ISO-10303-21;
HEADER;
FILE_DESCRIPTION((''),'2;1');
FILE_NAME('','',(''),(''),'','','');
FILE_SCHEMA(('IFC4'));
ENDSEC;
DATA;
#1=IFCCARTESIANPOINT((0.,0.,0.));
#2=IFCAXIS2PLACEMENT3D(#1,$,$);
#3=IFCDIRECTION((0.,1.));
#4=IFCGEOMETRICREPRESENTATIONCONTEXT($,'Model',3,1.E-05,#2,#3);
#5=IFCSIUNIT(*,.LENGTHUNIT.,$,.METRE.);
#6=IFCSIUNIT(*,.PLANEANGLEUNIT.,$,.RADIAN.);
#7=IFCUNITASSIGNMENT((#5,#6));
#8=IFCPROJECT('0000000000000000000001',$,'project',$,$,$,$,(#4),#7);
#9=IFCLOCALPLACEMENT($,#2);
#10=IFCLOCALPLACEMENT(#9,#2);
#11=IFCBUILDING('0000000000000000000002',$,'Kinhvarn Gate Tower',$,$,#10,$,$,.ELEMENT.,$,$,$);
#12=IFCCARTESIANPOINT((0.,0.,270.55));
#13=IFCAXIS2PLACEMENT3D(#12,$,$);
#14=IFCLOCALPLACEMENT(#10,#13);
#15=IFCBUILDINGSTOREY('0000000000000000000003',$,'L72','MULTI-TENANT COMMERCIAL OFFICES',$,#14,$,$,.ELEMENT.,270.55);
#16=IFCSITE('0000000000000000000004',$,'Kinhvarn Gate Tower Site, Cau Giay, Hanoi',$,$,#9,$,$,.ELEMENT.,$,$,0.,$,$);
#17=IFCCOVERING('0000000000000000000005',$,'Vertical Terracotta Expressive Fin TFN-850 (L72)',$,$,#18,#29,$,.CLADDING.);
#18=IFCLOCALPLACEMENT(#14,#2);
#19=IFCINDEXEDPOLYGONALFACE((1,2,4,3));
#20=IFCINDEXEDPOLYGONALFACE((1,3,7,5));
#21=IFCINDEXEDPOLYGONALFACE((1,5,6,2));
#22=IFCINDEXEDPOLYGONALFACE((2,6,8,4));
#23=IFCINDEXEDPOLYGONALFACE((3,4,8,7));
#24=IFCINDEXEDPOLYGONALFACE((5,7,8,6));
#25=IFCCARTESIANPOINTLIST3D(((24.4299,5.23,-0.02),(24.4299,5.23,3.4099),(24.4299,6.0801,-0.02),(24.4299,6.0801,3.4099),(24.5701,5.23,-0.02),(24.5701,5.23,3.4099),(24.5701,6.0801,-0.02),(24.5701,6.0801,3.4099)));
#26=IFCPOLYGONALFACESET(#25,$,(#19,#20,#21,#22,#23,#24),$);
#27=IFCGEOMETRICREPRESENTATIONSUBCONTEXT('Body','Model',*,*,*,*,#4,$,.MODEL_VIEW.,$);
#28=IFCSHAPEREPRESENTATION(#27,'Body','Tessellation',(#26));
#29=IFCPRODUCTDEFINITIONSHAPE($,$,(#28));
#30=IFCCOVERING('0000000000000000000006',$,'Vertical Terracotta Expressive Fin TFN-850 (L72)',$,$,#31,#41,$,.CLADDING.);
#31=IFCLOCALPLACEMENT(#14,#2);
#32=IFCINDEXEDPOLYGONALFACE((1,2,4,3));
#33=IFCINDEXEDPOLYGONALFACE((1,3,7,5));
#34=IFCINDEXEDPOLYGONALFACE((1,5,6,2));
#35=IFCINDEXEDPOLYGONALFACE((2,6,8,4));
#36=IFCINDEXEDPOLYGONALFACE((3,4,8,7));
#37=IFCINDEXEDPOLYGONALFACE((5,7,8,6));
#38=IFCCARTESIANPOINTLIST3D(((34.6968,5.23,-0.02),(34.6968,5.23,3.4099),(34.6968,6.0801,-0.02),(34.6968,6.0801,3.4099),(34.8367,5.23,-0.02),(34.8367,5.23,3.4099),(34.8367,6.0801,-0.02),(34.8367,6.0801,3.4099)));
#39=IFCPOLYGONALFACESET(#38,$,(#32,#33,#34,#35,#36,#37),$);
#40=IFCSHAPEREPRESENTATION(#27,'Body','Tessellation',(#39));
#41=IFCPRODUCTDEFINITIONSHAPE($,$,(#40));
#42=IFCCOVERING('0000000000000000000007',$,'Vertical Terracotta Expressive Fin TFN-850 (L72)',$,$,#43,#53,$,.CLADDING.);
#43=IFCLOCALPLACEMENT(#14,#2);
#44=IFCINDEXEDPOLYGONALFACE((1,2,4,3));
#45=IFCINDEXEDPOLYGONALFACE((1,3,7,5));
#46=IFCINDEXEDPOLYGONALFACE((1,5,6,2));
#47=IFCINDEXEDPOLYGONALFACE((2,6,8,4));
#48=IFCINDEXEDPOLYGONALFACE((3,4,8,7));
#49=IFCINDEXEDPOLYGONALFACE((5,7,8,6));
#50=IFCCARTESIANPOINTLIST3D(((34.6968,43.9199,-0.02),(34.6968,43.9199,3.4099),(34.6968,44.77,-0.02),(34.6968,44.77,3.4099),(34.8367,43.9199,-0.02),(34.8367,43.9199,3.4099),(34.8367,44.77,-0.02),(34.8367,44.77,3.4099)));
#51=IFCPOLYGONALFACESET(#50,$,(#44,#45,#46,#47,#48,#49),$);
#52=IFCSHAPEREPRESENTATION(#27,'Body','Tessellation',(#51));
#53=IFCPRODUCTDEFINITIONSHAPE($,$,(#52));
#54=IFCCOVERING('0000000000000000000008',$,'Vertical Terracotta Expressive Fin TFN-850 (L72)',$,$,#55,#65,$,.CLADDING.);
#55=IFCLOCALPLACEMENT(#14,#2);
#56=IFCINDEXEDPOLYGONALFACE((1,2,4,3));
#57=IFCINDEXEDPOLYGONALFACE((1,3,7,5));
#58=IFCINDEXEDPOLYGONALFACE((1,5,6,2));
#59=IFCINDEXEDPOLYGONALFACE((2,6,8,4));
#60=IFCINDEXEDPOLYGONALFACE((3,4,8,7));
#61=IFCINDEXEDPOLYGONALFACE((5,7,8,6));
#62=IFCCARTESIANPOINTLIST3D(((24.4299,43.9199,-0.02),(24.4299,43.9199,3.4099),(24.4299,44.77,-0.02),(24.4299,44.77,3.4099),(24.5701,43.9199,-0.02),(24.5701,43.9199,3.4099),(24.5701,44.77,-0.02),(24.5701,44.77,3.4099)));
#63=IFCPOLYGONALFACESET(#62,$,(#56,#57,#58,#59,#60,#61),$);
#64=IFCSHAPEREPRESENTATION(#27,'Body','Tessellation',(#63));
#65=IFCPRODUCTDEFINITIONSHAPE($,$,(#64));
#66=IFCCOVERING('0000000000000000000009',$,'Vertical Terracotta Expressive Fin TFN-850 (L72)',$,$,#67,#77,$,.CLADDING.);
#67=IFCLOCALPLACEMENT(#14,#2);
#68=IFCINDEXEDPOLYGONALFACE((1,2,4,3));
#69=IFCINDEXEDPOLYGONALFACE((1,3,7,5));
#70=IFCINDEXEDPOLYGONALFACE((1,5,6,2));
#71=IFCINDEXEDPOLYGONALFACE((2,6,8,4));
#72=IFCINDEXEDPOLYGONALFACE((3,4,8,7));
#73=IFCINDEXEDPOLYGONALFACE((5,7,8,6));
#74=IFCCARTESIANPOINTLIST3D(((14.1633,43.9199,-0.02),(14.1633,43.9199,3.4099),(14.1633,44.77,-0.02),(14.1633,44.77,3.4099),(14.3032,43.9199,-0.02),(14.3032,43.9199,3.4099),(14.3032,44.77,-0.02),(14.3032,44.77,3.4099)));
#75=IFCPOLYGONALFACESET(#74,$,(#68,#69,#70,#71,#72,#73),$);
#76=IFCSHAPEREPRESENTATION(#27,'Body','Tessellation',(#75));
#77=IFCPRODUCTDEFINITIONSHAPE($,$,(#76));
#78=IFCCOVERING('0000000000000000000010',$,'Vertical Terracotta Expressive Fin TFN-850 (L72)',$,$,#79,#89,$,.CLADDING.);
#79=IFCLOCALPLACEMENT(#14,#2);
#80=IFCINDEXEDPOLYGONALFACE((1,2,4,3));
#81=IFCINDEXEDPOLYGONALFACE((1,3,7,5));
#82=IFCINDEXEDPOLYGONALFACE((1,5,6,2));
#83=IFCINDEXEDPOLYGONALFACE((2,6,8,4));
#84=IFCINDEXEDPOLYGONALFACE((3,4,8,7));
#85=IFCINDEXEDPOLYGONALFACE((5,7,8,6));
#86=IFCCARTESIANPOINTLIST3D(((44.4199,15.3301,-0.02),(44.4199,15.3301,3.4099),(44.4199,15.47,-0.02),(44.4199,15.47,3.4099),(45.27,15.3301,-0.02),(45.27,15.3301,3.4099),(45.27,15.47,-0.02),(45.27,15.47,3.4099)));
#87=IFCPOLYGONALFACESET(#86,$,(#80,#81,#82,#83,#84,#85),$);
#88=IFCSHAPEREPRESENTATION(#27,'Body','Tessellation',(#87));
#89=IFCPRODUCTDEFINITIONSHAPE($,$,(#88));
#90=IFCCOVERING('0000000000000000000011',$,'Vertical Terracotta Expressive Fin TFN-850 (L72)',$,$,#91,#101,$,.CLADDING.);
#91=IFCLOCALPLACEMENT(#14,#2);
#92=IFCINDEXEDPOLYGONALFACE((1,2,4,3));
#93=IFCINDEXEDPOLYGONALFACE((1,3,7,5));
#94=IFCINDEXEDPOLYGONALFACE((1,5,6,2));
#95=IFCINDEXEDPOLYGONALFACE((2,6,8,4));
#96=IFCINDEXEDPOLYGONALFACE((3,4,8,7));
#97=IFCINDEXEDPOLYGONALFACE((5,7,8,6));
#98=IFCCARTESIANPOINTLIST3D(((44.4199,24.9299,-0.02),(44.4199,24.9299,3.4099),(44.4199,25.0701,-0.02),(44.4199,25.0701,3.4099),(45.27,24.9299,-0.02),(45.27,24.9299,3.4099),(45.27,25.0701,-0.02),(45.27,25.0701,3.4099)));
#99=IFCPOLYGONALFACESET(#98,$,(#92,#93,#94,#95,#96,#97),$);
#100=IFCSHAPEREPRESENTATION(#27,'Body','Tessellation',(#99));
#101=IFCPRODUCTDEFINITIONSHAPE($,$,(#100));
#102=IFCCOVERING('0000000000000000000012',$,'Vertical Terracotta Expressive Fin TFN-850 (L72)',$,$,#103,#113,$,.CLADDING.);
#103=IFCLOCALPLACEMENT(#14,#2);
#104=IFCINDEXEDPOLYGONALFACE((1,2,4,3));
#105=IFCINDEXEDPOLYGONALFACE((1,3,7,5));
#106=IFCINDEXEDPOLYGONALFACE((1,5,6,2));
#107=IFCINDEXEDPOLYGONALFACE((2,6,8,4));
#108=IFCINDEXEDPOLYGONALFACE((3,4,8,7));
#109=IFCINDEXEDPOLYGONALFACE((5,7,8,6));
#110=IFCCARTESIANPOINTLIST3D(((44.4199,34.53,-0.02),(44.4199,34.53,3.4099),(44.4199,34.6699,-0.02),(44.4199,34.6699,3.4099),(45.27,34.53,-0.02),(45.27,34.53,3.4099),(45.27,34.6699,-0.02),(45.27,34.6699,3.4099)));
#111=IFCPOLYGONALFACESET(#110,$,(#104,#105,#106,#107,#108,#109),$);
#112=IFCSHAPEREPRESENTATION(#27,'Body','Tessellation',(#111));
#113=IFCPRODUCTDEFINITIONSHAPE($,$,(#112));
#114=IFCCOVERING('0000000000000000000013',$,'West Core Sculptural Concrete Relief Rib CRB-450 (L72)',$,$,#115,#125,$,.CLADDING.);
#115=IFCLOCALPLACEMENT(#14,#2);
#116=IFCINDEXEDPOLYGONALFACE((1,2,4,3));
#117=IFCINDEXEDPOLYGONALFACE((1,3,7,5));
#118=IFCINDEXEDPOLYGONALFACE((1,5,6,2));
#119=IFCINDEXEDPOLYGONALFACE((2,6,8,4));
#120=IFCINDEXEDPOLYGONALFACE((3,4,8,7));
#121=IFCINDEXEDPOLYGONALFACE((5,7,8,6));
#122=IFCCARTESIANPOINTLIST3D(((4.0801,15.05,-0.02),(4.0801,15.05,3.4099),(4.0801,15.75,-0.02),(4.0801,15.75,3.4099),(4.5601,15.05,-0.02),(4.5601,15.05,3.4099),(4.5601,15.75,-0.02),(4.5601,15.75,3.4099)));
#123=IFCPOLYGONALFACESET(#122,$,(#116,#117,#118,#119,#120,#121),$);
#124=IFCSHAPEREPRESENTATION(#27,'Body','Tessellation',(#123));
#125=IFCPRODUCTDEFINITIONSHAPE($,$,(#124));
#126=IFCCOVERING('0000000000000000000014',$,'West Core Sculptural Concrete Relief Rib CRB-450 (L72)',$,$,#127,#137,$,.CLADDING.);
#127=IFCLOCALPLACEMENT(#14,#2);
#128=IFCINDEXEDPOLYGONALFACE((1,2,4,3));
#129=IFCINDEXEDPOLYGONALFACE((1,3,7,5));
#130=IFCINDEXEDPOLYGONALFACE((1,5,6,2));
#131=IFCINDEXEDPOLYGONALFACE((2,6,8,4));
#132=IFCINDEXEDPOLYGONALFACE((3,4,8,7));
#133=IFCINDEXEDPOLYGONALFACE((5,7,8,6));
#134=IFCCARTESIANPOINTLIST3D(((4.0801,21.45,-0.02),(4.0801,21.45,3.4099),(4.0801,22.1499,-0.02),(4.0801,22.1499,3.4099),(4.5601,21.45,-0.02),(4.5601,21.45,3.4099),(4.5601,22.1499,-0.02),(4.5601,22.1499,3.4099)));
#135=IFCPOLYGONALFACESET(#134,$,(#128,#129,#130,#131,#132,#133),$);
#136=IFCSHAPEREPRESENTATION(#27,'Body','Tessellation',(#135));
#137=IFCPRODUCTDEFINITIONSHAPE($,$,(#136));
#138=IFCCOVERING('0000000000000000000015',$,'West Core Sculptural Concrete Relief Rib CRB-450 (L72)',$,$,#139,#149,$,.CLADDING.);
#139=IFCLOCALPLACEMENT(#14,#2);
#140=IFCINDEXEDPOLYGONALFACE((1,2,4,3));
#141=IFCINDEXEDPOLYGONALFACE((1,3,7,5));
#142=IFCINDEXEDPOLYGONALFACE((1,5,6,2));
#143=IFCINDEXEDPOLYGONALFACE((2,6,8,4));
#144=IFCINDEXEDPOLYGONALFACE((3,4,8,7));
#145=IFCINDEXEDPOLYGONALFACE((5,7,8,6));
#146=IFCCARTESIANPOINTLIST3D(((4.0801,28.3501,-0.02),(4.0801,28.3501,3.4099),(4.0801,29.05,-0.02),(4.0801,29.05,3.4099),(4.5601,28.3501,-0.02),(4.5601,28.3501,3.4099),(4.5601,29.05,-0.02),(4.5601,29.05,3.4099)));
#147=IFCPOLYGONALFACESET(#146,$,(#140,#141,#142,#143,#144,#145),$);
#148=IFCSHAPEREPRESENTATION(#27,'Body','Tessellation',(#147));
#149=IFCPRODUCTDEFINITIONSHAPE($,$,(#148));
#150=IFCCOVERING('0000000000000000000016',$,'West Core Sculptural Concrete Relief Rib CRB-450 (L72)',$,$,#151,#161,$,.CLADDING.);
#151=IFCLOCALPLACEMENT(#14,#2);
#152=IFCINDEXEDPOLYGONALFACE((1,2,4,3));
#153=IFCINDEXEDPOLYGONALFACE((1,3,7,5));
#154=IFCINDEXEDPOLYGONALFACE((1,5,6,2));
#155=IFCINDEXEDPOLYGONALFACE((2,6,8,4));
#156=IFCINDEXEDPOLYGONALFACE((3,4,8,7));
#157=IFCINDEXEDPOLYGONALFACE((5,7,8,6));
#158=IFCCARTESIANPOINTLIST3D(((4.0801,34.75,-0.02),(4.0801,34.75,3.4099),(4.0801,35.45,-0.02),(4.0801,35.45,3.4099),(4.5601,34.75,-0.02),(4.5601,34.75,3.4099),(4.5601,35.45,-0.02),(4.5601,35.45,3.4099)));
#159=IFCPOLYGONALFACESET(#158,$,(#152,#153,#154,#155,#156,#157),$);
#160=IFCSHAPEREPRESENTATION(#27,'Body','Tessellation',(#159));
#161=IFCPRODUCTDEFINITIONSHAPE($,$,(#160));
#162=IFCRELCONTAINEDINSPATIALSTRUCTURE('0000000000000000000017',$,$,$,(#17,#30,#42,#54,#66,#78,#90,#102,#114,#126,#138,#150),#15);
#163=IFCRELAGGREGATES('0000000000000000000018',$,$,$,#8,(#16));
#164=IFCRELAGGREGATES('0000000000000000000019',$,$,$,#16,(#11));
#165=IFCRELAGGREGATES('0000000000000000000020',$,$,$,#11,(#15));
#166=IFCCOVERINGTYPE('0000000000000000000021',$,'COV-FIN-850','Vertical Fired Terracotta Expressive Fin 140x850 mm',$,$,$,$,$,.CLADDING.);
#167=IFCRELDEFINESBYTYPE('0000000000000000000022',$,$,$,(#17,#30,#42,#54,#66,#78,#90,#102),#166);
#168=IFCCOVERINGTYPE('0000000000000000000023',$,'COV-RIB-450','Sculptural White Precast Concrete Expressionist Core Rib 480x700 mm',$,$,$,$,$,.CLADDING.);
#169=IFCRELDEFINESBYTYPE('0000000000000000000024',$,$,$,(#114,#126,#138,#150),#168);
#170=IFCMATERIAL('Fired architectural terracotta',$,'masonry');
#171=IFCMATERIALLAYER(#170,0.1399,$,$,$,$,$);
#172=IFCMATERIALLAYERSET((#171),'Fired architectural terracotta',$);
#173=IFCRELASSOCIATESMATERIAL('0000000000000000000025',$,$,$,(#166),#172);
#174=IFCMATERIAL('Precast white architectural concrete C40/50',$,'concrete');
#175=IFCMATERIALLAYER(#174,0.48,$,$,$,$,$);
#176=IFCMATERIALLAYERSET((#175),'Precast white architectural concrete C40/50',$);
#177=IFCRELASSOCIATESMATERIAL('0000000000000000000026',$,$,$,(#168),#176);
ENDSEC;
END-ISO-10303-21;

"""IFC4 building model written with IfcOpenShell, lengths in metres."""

from ifc_helpers import new_model, si_unit, direction, frame, origin, place, context, subcontext, project, spatial, polyline, outline, extrude, material, layer, layer_set, type_object, element, save


model = new_model("IFC4")

# Units and contexts
model_context = context("Model", 3, precision=1e-05, world=origin(), true_north=direction((0.0, 1.0)))
body_context = subcontext(model_context, "Body", "Model", "MODEL_VIEW")
ifc_project = project(units=[si_unit("LENGTHUNIT", "METRE"), si_unit("PLANEANGLEUNIT", "RADIAN")], contexts=[model_context])

# Site, building, storey
site_placement = place(None, origin())
site = spatial("IfcSite", under=ifc_project, at=site_placement, Name="Kinhvarn Gate Tower Site, Cau Giay, Hanoi", CompositionType="ELEMENT", RefElevation=0.0)
building_placement = place(site_placement, origin())
building = spatial("IfcBuilding", under=site, at=building_placement, Name="Kinhvarn Gate Tower", CompositionType="ELEMENT")
storey_placement = place(building_placement, frame((0.0, 0.0, 270.55)))
storey = spatial("IfcBuildingStorey", under=building, at=storey_placement, Name="L72", Description="MULTI-TENANT COMMERCIAL OFFICES", CompositionType="ELEMENT", Elevation=270.55)

# Shared definitions
ifc_material_1 = material(Name="Precast white architectural concrete C40/50", Category="concrete")

# Coverings
ifc_material_2 = material(Name="Fired architectural terracotta", Category="masonry")
ifc_layer_1 = layer(ifc_material_2, 0.1399)
ifc_layer_set_1 = layer_set([ifc_layer_1], Name="Fired architectural terracotta")
covering_type_1 = type_object("IfcCoveringType", Name="COV-FIN-850", Description="Vertical Fired Terracotta Expressive Fin 140x850 mm", PredefinedType="CLADDING", material=ifc_layer_set_1)
covering_1_placement = place(storey_placement, frame((0.0, 0.0, -0.02)))
element("IfcCovering", 1, at=covering_1_placement, inside=storey, type_object=covering_type_1, Name="Vertical Terracotta Expressive Fin TFN-850 (L72)", PredefinedType="CLADDING", context=body_context, shape_type="SweptSolid", body=[
    extrude(outline(polyline([(24.4299, 6.0801), (24.5701, 6.0801), (24.5701, 5.23), (24.4299, 5.23), (24.4299, 6.0801)])), origin(), (0.0, 0.0, 1.0), 3.4299),
])
covering_2_placement = place(storey_placement, frame((0.0, 0.0, -0.02)))
element("IfcCovering", 2, at=covering_2_placement, inside=storey, type_object=covering_type_1, Name="Vertical Terracotta Expressive Fin TFN-850 (L72)", PredefinedType="CLADDING", context=body_context, shape_type="SweptSolid", body=[
    extrude(outline(polyline([(34.6968, 6.0801), (34.8367, 6.0801), (34.8367, 5.23), (34.6968, 5.23), (34.6968, 6.0801)])), origin(), (0.0, 0.0, 1.0), 3.4299),
])
covering_3_placement = place(storey_placement, frame((0.0, 0.0, -0.02)))
element("IfcCovering", 3, at=covering_3_placement, inside=storey, type_object=covering_type_1, Name="Vertical Terracotta Expressive Fin TFN-850 (L72)", PredefinedType="CLADDING", context=body_context, shape_type="SweptSolid", body=[
    extrude(outline(polyline([(34.8367, 43.9199), (34.6968, 43.9199), (34.6968, 44.77), (34.8367, 44.77), (34.8367, 43.9199)])), origin(), (0.0, 0.0, 1.0), 3.4299),
])
covering_4_placement = place(storey_placement, frame((0.0, 0.0, -0.02)))
element("IfcCovering", 4, at=covering_4_placement, inside=storey, type_object=covering_type_1, Name="Vertical Terracotta Expressive Fin TFN-850 (L72)", PredefinedType="CLADDING", context=body_context, shape_type="SweptSolid", body=[
    extrude(outline(polyline([(24.5701, 43.9199), (24.4299, 43.9199), (24.4299, 44.77), (24.5701, 44.77), (24.5701, 43.9199)])), origin(), (0.0, 0.0, 1.0), 3.4299),
])
covering_5_placement = place(storey_placement, frame((0.0, 0.0, -0.02)))
element("IfcCovering", 5, at=covering_5_placement, inside=storey, type_object=covering_type_1, Name="Vertical Terracotta Expressive Fin TFN-850 (L72)", PredefinedType="CLADDING", context=body_context, shape_type="SweptSolid", body=[
    extrude(outline(polyline([(14.3032, 43.9199), (14.1633, 43.9199), (14.1633, 44.77), (14.3032, 44.77), (14.3032, 43.9199)])), origin(), (0.0, 0.0, 1.0), 3.4299),
])
covering_6_placement = place(storey_placement, frame((0.0, 0.0, -0.02)))
element("IfcCovering", 6, at=covering_6_placement, inside=storey, type_object=covering_type_1, Name="Vertical Terracotta Expressive Fin TFN-850 (L72)", PredefinedType="CLADDING", context=body_context, shape_type="SweptSolid", body=[
    extrude(outline(polyline([(44.4199, 15.3301), (44.4199, 15.47), (45.27, 15.47), (45.27, 15.3301), (44.4199, 15.3301)])), origin(), (0.0, 0.0, 1.0), 3.4299),
])
covering_7_placement = place(storey_placement, frame((0.0, 0.0, -0.02)))
element("IfcCovering", 7, at=covering_7_placement, inside=storey, type_object=covering_type_1, Name="Vertical Terracotta Expressive Fin TFN-850 (L72)", PredefinedType="CLADDING", context=body_context, shape_type="SweptSolid", body=[
    extrude(outline(polyline([(44.4199, 24.9299), (44.4199, 25.0701), (45.27, 25.0701), (45.27, 24.9299), (44.4199, 24.9299)])), origin(), (0.0, 0.0, 1.0), 3.4299),
])
covering_8_placement = place(storey_placement, frame((0.0, 0.0, -0.02)))
element("IfcCovering", 8, at=covering_8_placement, inside=storey, type_object=covering_type_1, Name="Vertical Terracotta Expressive Fin TFN-850 (L72)", PredefinedType="CLADDING", context=body_context, shape_type="SweptSolid", body=[
    extrude(outline(polyline([(44.4199, 34.53), (44.4199, 34.6699), (45.27, 34.6699), (45.27, 34.53), (44.4199, 34.53)])), origin(), (0.0, 0.0, 1.0), 3.4299),
])
ifc_layer_2 = layer(ifc_material_1, 0.48)
ifc_layer_set_2 = layer_set([ifc_layer_2], Name="Precast white architectural concrete C40/50")
covering_type_2 = type_object("IfcCoveringType", Name="COV-RIB-450", Description="Sculptural White Precast Concrete Expressionist Core Rib 480x700 mm", PredefinedType="CLADDING", material=ifc_layer_set_2)
covering_9_placement = place(storey_placement, frame((0.0, 0.0, -0.02)))
element("IfcCovering", 9, at=covering_9_placement, inside=storey, type_object=covering_type_2, Name="West Core Sculptural Concrete Relief Rib CRB-450 (L72)", PredefinedType="CLADDING", context=body_context, shape_type="SweptSolid", body=[
    extrude(outline(polyline([(4.0801, 15.05), (4.5601, 15.05), (4.5601, 15.75), (4.0801, 15.75), (4.0801, 15.05)])), origin(), (0.0, 0.0, 1.0), 3.4299),
])
covering_10_placement = place(storey_placement, frame((0.0, 0.0, -0.02)))
element("IfcCovering", 10, at=covering_10_placement, inside=storey, type_object=covering_type_2, Name="West Core Sculptural Concrete Relief Rib CRB-450 (L72)", PredefinedType="CLADDING", context=body_context, shape_type="SweptSolid", body=[
    extrude(outline(polyline([(4.0801, 21.45), (4.5601, 21.45), (4.5601, 22.1499), (4.0801, 22.1499), (4.0801, 21.45)])), origin(), (0.0, 0.0, 1.0), 3.4299),
])
covering_11_placement = place(storey_placement, frame((0.0, 0.0, -0.02)))
element("IfcCovering", 11, at=covering_11_placement, inside=storey, type_object=covering_type_2, Name="West Core Sculptural Concrete Relief Rib CRB-450 (L72)", PredefinedType="CLADDING", context=body_context, shape_type="SweptSolid", body=[
    extrude(outline(polyline([(4.0801, 28.3501), (4.5601, 28.3501), (4.5601, 29.05), (4.0801, 29.05), (4.0801, 28.3501)])), origin(), (0.0, 0.0, 1.0), 3.4299),
])
covering_12_placement = place(storey_placement, frame((0.0, 0.0, -0.02)))
element("IfcCovering", 12, at=covering_12_placement, inside=storey, type_object=covering_type_2, Name="West Core Sculptural Concrete Relief Rib CRB-450 (L72)", PredefinedType="CLADDING", context=body_context, shape_type="SweptSolid", body=[
    extrude(outline(polyline([(4.0801, 34.75), (4.5601, 34.75), (4.5601, 35.45), (4.0801, 35.45), (4.0801, 34.75)])), origin(), (0.0, 0.0, 1.0), 3.4299),
])

save(model, "model.ifc")
